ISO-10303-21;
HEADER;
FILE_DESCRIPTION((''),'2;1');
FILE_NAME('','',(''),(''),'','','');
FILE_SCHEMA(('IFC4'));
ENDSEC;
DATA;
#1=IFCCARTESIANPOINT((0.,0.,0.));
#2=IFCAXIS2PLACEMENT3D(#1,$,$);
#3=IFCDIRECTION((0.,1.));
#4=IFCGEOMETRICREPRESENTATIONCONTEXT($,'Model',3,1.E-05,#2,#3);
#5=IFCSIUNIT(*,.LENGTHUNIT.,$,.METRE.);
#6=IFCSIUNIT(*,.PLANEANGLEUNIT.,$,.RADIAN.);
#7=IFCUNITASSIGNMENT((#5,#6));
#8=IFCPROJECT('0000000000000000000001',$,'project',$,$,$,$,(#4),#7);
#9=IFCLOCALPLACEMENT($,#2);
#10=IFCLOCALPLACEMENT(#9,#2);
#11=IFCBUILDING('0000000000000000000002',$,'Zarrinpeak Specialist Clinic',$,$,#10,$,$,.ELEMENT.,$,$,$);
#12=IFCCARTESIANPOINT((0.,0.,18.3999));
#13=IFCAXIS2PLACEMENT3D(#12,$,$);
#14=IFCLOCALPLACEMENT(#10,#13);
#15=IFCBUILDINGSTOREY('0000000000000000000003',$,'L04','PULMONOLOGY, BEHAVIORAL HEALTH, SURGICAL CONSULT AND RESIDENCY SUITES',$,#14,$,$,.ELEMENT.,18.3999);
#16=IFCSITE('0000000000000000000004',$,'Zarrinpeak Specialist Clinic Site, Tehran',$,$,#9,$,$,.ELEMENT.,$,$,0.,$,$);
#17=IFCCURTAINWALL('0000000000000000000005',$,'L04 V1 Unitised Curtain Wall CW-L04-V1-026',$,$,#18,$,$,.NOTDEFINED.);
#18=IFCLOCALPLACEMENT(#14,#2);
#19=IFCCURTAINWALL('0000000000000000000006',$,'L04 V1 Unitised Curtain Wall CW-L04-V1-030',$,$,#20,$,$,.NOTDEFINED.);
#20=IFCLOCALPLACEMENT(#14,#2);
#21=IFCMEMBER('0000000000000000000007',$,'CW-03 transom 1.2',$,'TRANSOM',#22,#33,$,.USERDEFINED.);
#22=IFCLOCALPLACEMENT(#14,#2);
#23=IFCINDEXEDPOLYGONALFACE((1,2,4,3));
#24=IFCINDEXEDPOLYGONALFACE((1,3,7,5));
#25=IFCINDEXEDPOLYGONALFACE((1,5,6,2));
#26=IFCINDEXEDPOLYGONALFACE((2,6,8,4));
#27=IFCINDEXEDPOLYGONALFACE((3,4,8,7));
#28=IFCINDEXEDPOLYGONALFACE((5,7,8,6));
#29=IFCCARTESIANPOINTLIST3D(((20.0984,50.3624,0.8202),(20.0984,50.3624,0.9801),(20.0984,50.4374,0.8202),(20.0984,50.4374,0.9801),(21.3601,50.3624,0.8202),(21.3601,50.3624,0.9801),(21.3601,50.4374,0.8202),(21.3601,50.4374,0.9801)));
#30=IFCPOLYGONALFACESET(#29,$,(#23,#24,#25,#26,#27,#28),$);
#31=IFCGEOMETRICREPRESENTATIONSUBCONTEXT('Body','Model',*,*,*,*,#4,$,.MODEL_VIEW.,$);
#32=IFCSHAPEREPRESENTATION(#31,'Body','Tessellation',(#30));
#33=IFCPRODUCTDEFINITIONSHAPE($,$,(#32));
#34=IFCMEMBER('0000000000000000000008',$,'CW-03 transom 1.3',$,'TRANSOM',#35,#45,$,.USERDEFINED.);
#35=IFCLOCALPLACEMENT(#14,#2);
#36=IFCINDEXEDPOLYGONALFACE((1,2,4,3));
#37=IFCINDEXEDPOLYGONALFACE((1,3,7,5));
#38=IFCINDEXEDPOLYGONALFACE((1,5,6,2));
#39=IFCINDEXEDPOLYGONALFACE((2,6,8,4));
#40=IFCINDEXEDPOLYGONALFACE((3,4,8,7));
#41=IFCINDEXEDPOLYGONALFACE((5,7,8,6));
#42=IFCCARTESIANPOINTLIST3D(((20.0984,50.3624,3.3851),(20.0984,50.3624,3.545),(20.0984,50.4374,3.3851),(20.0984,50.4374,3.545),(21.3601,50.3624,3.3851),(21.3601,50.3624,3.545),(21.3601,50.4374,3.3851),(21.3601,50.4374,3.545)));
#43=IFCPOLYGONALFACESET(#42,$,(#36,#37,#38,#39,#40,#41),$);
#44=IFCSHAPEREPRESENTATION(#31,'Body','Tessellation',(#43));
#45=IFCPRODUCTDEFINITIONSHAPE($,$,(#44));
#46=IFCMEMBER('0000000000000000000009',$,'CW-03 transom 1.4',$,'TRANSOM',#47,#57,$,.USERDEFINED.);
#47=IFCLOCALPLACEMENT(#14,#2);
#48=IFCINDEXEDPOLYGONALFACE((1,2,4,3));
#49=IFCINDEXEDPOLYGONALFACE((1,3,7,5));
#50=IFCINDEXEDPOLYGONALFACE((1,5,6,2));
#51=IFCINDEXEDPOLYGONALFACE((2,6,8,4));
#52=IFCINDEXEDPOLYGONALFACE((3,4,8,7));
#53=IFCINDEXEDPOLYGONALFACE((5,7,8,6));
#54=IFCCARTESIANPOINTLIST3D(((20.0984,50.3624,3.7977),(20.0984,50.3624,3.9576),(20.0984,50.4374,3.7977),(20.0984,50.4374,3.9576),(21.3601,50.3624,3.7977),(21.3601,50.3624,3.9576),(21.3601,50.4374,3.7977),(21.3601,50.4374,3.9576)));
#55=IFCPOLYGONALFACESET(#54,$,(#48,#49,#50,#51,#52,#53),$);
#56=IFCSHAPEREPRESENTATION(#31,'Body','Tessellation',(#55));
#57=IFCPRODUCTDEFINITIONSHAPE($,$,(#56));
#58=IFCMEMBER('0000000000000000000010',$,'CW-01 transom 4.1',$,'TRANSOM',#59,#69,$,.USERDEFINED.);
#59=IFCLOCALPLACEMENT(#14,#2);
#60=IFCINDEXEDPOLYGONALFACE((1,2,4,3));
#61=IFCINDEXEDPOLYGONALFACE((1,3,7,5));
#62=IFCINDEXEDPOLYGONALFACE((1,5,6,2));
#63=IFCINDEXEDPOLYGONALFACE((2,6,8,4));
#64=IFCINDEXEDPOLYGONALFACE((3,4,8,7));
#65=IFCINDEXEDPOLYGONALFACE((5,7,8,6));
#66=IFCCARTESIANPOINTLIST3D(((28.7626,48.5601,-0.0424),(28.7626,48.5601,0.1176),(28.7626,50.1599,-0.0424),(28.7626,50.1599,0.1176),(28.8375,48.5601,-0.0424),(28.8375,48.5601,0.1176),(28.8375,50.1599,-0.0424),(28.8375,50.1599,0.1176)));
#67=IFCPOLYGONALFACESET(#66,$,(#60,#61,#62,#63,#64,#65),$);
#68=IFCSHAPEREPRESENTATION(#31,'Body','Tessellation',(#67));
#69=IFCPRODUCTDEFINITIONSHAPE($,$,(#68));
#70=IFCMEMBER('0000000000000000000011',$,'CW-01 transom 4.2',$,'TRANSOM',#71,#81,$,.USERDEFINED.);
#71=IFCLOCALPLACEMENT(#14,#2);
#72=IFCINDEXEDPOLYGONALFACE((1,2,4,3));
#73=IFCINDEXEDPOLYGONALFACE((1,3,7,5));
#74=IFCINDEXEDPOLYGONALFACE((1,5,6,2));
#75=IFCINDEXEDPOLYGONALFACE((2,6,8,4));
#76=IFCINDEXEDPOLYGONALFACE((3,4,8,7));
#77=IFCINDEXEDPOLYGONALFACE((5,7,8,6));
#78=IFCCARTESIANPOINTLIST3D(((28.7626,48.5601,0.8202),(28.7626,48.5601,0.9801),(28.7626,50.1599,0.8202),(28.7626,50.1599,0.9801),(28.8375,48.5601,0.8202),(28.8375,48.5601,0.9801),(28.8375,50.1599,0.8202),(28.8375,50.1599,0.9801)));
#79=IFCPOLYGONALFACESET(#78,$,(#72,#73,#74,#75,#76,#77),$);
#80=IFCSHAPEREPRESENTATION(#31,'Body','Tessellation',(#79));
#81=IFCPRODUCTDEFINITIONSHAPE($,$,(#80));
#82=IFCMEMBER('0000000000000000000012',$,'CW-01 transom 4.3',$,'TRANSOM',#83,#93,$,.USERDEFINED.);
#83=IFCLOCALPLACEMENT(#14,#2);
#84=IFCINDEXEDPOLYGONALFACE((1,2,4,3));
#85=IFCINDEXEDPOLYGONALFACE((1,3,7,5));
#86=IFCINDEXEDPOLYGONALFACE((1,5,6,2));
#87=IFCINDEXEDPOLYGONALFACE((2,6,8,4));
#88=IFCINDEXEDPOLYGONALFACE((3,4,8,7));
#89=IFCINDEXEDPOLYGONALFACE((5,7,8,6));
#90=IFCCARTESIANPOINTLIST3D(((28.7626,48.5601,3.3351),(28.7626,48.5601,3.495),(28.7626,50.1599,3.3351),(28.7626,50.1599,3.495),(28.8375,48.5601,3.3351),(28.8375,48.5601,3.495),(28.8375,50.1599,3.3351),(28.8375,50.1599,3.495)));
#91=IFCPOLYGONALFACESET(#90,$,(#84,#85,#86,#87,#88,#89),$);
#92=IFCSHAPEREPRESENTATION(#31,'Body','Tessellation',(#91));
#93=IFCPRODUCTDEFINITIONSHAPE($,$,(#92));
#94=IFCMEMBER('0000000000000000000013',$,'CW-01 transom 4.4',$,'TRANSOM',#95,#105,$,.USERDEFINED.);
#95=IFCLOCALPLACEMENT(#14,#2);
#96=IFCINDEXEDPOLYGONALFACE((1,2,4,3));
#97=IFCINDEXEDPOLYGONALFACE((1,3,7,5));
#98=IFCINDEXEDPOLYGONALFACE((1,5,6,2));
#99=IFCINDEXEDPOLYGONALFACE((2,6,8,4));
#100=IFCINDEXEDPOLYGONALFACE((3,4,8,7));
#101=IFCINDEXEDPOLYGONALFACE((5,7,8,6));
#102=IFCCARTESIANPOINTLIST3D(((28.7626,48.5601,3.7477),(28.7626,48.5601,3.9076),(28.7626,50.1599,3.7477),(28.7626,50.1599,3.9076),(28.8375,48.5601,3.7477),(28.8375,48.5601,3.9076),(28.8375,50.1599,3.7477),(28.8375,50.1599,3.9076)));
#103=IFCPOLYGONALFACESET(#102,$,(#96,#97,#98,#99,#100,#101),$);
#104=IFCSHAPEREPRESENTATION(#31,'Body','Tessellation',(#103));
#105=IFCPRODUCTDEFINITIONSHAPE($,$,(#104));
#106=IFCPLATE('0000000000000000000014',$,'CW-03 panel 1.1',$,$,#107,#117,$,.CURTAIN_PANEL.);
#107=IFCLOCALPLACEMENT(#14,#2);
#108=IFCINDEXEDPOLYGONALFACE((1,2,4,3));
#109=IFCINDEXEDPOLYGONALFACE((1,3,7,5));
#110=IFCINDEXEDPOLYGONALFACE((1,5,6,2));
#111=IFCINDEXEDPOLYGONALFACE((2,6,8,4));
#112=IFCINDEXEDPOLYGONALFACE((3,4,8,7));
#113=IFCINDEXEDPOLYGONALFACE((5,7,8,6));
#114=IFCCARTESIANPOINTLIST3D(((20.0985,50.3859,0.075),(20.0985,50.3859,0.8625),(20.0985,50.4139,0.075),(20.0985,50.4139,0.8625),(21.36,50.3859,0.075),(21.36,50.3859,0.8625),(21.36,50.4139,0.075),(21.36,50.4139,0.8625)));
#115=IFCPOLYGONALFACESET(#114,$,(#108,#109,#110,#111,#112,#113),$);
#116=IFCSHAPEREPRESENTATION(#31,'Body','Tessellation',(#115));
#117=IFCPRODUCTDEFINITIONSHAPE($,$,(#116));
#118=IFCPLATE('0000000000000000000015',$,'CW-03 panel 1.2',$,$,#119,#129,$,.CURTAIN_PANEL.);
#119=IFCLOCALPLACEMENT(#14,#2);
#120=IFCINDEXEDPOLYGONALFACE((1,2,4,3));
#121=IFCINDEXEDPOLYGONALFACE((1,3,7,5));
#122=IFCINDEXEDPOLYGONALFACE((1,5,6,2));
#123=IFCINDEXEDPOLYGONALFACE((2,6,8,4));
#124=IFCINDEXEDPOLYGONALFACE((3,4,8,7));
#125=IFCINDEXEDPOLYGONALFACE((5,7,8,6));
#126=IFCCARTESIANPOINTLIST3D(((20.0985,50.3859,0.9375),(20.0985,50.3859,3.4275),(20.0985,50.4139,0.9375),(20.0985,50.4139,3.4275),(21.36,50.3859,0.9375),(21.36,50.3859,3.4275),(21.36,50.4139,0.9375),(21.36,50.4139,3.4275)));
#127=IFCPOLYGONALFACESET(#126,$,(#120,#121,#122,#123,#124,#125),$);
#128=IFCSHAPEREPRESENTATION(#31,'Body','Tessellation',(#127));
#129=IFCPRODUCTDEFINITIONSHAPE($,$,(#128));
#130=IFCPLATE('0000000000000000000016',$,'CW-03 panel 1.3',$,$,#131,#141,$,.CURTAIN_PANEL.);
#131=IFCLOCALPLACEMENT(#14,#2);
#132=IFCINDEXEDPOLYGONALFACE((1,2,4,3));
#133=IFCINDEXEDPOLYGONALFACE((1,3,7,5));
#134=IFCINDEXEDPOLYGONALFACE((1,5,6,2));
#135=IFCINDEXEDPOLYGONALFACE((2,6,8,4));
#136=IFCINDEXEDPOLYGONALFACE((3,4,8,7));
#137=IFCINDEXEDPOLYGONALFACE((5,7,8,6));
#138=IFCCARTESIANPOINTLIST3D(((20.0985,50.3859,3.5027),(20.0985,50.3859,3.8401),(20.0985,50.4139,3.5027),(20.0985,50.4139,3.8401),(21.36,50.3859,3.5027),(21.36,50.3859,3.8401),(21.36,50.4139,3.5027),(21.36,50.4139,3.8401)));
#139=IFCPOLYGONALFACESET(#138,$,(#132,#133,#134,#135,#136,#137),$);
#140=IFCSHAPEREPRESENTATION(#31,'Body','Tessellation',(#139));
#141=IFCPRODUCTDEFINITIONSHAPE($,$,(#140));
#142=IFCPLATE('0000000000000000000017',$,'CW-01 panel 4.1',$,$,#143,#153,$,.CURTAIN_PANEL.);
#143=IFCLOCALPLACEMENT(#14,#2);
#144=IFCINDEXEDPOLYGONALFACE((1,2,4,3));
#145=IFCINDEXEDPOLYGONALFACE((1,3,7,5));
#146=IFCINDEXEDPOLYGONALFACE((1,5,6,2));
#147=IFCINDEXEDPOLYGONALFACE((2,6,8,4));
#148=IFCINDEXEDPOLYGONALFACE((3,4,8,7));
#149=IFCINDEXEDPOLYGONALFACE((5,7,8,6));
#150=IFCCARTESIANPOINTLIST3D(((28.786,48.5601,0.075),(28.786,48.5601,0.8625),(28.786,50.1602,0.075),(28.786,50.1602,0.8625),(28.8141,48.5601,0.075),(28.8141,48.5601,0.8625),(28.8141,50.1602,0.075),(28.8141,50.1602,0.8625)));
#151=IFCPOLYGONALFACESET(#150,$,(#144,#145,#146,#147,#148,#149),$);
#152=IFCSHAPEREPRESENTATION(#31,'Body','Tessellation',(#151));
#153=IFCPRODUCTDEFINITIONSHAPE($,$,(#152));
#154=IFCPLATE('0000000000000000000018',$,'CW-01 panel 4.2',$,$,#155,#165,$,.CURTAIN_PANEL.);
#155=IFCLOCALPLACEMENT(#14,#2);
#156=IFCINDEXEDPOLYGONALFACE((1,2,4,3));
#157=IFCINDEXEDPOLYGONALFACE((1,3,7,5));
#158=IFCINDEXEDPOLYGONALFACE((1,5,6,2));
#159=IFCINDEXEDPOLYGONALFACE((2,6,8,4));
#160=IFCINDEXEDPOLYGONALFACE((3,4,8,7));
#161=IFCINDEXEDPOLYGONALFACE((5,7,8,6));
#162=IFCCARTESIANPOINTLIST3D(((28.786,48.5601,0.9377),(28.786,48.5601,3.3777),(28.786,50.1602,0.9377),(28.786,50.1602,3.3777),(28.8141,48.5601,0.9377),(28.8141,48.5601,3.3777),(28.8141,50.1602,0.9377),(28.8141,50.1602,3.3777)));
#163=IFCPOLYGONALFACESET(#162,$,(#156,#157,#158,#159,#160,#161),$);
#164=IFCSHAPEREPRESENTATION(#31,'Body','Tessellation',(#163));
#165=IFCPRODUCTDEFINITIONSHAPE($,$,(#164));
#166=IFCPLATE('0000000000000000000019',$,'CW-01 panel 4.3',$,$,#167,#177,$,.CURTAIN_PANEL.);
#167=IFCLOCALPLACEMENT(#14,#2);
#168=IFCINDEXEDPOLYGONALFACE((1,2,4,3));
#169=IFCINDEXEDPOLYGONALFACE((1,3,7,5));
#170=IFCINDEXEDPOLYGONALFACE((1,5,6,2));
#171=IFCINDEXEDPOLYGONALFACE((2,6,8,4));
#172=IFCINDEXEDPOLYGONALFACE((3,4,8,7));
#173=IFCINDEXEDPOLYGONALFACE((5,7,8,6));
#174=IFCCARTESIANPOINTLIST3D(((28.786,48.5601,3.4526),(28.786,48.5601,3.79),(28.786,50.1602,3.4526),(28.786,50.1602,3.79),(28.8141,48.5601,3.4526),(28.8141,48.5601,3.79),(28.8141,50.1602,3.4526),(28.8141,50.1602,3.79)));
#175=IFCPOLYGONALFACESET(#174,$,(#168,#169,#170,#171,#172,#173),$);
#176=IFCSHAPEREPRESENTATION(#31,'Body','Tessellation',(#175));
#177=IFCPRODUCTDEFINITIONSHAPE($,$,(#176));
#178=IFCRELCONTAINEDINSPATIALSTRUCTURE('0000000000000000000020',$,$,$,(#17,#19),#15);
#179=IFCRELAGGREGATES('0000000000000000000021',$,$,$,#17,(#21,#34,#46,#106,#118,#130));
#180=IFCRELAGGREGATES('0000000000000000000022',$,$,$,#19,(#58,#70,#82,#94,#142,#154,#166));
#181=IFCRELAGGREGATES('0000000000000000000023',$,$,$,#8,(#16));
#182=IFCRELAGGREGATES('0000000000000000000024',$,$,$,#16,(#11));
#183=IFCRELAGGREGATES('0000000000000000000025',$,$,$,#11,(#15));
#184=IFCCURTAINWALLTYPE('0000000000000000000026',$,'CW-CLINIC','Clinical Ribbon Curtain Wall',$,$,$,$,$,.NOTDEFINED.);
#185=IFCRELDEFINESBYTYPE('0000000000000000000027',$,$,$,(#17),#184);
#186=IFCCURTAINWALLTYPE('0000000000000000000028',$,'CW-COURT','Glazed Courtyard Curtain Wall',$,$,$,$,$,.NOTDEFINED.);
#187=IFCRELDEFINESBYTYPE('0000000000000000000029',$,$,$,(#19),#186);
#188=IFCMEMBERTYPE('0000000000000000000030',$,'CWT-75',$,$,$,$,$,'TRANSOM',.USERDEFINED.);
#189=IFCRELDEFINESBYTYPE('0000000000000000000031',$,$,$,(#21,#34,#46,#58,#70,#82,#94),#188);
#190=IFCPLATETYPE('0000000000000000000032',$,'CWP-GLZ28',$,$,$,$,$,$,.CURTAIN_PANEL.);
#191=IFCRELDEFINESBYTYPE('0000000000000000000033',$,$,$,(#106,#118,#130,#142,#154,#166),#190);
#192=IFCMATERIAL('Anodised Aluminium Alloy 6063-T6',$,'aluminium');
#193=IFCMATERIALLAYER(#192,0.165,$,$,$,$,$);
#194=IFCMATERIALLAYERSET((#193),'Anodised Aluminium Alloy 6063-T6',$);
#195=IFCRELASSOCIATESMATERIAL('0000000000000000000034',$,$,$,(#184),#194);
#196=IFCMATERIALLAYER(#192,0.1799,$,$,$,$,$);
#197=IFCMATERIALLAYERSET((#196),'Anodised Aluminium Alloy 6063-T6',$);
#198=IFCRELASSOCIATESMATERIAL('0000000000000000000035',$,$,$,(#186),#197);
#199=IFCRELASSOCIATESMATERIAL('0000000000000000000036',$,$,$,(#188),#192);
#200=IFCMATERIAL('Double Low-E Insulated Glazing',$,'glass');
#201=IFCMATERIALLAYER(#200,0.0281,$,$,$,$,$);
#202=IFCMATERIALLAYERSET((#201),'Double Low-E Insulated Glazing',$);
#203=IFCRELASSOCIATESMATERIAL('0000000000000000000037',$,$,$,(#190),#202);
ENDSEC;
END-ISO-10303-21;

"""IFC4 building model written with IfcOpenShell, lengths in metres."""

from ifc_helpers import new_model, si_unit, direction, frame, origin, origin_2d, place, context, subcontext, project, spatial, rectangle, extrude, material, layer, layer_set, material_profile, profile_set, type_object, element, aggregate, save


model = new_model("IFC4")

# Units and contexts
model_context = context("Model", 3, precision=1e-05, world=origin(), true_north=direction((0.0, 1.0)))
body_context = subcontext(model_context, "Body", "Model", "MODEL_VIEW")
ifc_project = project(units=[si_unit("LENGTHUNIT", "METRE"), si_unit("PLANEANGLEUNIT", "RADIAN")], contexts=[model_context])

# Site, building, storey
site_placement = place(None, origin())
site = spatial("IfcSite", under=ifc_project, at=site_placement, Name="Zarrinpeak Specialist Clinic Site, Tehran", CompositionType="ELEMENT", RefElevation=0.0)
building_placement = place(site_placement, origin())
building = spatial("IfcBuilding", under=site, at=building_placement, Name="Zarrinpeak Specialist Clinic", CompositionType="ELEMENT")
storey_placement = place(building_placement, frame((0.0, 0.0, 18.3999)))
storey = spatial("IfcBuildingStorey", under=building, at=storey_placement, Name="L04", Description="PULMONOLOGY, BEHAVIORAL HEALTH, SURGICAL CONSULT AND RESIDENCY SUITES", CompositionType="ELEMENT", Elevation=18.3999)

# Curtain walls
ifc_material_1 = material(Name="Anodised Aluminium Alloy 6063-T6", Category="aluminium")
ifc_layer_1 = layer(ifc_material_1, 0.165)
ifc_layer_set_1 = layer_set([ifc_layer_1], Name="Anodised Aluminium Alloy 6063-T6")
curtain_wall_type_1 = type_object("IfcCurtainWallType", Name="CW-CLINIC", Description="Clinical Ribbon Curtain Wall", PredefinedType="NOTDEFINED", material=ifc_layer_set_1)
curtain_wall_1_placement = place(storey_placement, origin())
curtain_wall_1 = element("IfcCurtainWall", 1, at=curtain_wall_1_placement, inside=storey, type_object=curtain_wall_type_1, Name="L04 V1 Unitised Curtain Wall CW-L04-V1-026", PredefinedType="NOTDEFINED")
ifc_layer_2 = layer(ifc_material_1, 0.1799)
ifc_layer_set_2 = layer_set([ifc_layer_2], Name="Anodised Aluminium Alloy 6063-T6")
curtain_wall_type_2 = type_object("IfcCurtainWallType", Name="CW-COURT", Description="Glazed Courtyard Curtain Wall", PredefinedType="NOTDEFINED", material=ifc_layer_set_2)
curtain_wall_2_placement = place(storey_placement, origin())
curtain_wall_2 = element("IfcCurtainWall", 2, at=curtain_wall_2_placement, inside=storey, type_object=curtain_wall_type_2, Name="L04 V1 Unitised Curtain Wall CW-L04-V1-030", PredefinedType="NOTDEFINED")

# Members
ifc_material_profile_1 = material_profile(ifc_material_1, rectangle(XDim=0.075, YDim=0.1599, at=origin_2d()), Name="ALU 75x160")
ifc_profile_set_1 = profile_set([ifc_material_profile_1], Name="Anodised Aluminium Alloy 6063-T6")
member_type_1 = type_object("IfcMemberType", Name="CWT-75", ElementType="TRANSOM", PredefinedType="USERDEFINED", material=ifc_profile_set_1)
member_1_placement = place(storey_placement, frame((21.3601, 50.3999, 0.9001), z_axis=(-1.0, 0.0, 0.0), x_axis=(0.0, -1.0, 0.0)))
member_1 = element("IfcMember", 3, at=member_1_placement, type_object=member_type_1, Name="CW-03 transom 1.2", ObjectType="TRANSOM", PredefinedType="USERDEFINED", context=body_context, shape_type="SweptSolid", body=[
    extrude(rectangle(XDim=0.075, YDim=0.1599, at=origin_2d()), origin(), (0.0, 0.0, 1.0), 1.2617),
])
member_2_placement = place(storey_placement, frame((21.3601, 50.3999, 3.4651), z_axis=(-1.0, 0.0, 0.0), x_axis=(0.0, -1.0, 0.0)))
member_2 = element("IfcMember", 4, at=member_2_placement, type_object=member_type_1, Name="CW-03 transom 1.3", ObjectType="TRANSOM", PredefinedType="USERDEFINED", context=body_context, shape_type="SweptSolid", body=[
    extrude(rectangle(XDim=0.075, YDim=0.1599, at=origin_2d()), origin(), (0.0, 0.0, 1.0), 1.2617),
])
member_3_placement = place(storey_placement, frame((21.3601, 50.3999, 3.8777), z_axis=(-1.0, 0.0, 0.0), x_axis=(0.0, -1.0, 0.0)))
member_3 = element("IfcMember", 5, at=member_3_placement, type_object=member_type_1, Name="CW-03 transom 1.4", ObjectType="TRANSOM", PredefinedType="USERDEFINED", context=body_context, shape_type="SweptSolid", body=[
    extrude(rectangle(XDim=0.075, YDim=0.1599, at=origin_2d()), origin(), (0.0, 0.0, 1.0), 1.2617),
])
member_4_placement = place(storey_placement, frame((28.8, 48.5601, 0.0376), z_axis=(0.0, 1.0, 0.0), x_axis=(-1.0, 0.0, 0.0)))
member_4 = element("IfcMember", 6, at=member_4_placement, type_object=member_type_1, Name="CW-01 transom 4.1", ObjectType="TRANSOM", PredefinedType="USERDEFINED", context=body_context, shape_type="SweptSolid", body=[
    extrude(rectangle(XDim=0.075, YDim=0.1599, at=origin_2d()), origin(), (0.0, 0.0, 1.0), 1.5999),
])
member_5_placement = place(storey_placement, frame((28.8, 48.5601, 0.9001), z_axis=(0.0, 1.0, 0.0), x_axis=(-1.0, 0.0, 0.0)))
member_5 = element("IfcMember", 7, at=member_5_placement, type_object=member_type_1, Name="CW-01 transom 4.2", ObjectType="TRANSOM", PredefinedType="USERDEFINED", context=body_context, shape_type="SweptSolid", body=[
    extrude(rectangle(XDim=0.075, YDim=0.1599, at=origin_2d()), origin(), (0.0, 0.0, 1.0), 1.5999),
])
member_6_placement = place(storey_placement, frame((28.8, 48.5601, 3.415), z_axis=(0.0, 1.0, 0.0), x_axis=(-1.0, 0.0, 0.0)))
member_6 = element("IfcMember", 8, at=member_6_placement, type_object=member_type_1, Name="CW-01 transom 4.3", ObjectType="TRANSOM", PredefinedType="USERDEFINED", context=body_context, shape_type="SweptSolid", body=[
    extrude(rectangle(XDim=0.075, YDim=0.1599, at=origin_2d()), origin(), (0.0, 0.0, 1.0), 1.5999),
])
member_7_placement = place(storey_placement, frame((28.8, 48.5601, 3.8276), z_axis=(0.0, 1.0, 0.0), x_axis=(-1.0, 0.0, 0.0)))
member_7 = element("IfcMember", 9, at=member_7_placement, type_object=member_type_1, Name="CW-01 transom 4.4", ObjectType="TRANSOM", PredefinedType="USERDEFINED", context=body_context, shape_type="SweptSolid", body=[
    extrude(rectangle(XDim=0.075, YDim=0.1599, at=origin_2d()), origin(), (0.0, 0.0, 1.0), 1.5999),
])

# Plates
ifc_material_2 = material(Name="Double Low-E Insulated Glazing", Category="glass")
ifc_layer_3 = layer(ifc_material_2, 0.0281)
ifc_layer_set_3 = layer_set([ifc_layer_3], Name="Double Low-E Insulated Glazing")
plate_type = type_object("IfcPlateType", Name="CWP-GLZ28", PredefinedType="CURTAIN_PANEL", material=ifc_layer_set_3)
plate_1_placement = place(storey_placement, frame((20.7292, 50.3999, 0.075), z_axis=(0.0, 0.0, 1.0), x_axis=(-1.0, 0.0, 0.0)))
plate_1 = element("IfcPlate", 10, at=plate_1_placement, type_object=plate_type, Name="CW-03 panel 1.1", PredefinedType="CURTAIN_PANEL", context=body_context, shape_type="SweptSolid", body=[
    extrude(rectangle(XDim=1.2615, YDim=0.0281, at=origin_2d()), origin(), (0.0, 0.0, 1.0), 0.7876),
])
plate_2_placement = place(storey_placement, frame((20.7292, 50.3999, 0.9375), z_axis=(0.0, 0.0, 1.0), x_axis=(-1.0, 0.0, 0.0)))
plate_2 = element("IfcPlate", 11, at=plate_2_placement, type_object=plate_type, Name="CW-03 panel 1.2", PredefinedType="CURTAIN_PANEL", context=body_context, shape_type="SweptSolid", body=[
    extrude(rectangle(XDim=1.2615, YDim=0.0281, at=origin_2d()), origin(), (0.0, 0.0, 1.0), 2.49),
])
plate_3_placement = place(storey_placement, frame((20.7292, 50.3999, 3.5027), z_axis=(0.0, 0.0, 1.0), x_axis=(-1.0, 0.0, 0.0)))
plate_3 = element("IfcPlate", 12, at=plate_3_placement, type_object=plate_type, Name="CW-03 panel 1.3", PredefinedType="CURTAIN_PANEL", context=body_context, shape_type="SweptSolid", body=[
    extrude(rectangle(XDim=1.2615, YDim=0.0281, at=origin_2d()), origin(), (0.0, 0.0, 1.0), 0.3374),
])
aggregate(curtain_wall_1, [member_1, member_2, member_3, plate_1, plate_2, plate_3])
plate_4_placement = place(storey_placement, frame((28.8, 49.3601, 0.075), z_axis=(0.0, 0.0, 1.0), x_axis=(0.0, 1.0, 0.0)))
plate_4 = element("IfcPlate", 13, at=plate_4_placement, type_object=plate_type, Name="CW-01 panel 4.1", PredefinedType="CURTAIN_PANEL", context=body_context, shape_type="SweptSolid", body=[
    extrude(rectangle(XDim=1.6001, YDim=0.0281, at=origin_2d()), origin(), (0.0, 0.0, 1.0), 0.7876),
])
plate_5_placement = place(storey_placement, frame((28.8, 49.3601, 0.9377), z_axis=(0.0, 0.0, 1.0), x_axis=(0.0, 1.0, 0.0)))
plate_5 = element("IfcPlate", 14, at=plate_5_placement, type_object=plate_type, Name="CW-01 panel 4.2", PredefinedType="CURTAIN_PANEL", context=body_context, shape_type="SweptSolid", body=[
    extrude(rectangle(XDim=1.6001, YDim=0.0281, at=origin_2d()), origin(), (0.0, 0.0, 1.0), 2.4399),
])
plate_6_placement = place(storey_placement, frame((28.8, 49.3601, 3.4526), z_axis=(0.0, 0.0, 1.0), x_axis=(0.0, 1.0, 0.0)))
plate_6 = element("IfcPlate", 15, at=plate_6_placement, type_object=plate_type, Name="CW-01 panel 4.3", PredefinedType="CURTAIN_PANEL", context=body_context, shape_type="SweptSolid", body=[
    extrude(rectangle(XDim=1.6001, YDim=0.0281, at=origin_2d()), origin(), (0.0, 0.0, 1.0), 0.3374),
])
aggregate(curtain_wall_2, [member_4, member_5, member_6, member_7, plate_4, plate_5, plate_6])

save(model, "model.ifc")
